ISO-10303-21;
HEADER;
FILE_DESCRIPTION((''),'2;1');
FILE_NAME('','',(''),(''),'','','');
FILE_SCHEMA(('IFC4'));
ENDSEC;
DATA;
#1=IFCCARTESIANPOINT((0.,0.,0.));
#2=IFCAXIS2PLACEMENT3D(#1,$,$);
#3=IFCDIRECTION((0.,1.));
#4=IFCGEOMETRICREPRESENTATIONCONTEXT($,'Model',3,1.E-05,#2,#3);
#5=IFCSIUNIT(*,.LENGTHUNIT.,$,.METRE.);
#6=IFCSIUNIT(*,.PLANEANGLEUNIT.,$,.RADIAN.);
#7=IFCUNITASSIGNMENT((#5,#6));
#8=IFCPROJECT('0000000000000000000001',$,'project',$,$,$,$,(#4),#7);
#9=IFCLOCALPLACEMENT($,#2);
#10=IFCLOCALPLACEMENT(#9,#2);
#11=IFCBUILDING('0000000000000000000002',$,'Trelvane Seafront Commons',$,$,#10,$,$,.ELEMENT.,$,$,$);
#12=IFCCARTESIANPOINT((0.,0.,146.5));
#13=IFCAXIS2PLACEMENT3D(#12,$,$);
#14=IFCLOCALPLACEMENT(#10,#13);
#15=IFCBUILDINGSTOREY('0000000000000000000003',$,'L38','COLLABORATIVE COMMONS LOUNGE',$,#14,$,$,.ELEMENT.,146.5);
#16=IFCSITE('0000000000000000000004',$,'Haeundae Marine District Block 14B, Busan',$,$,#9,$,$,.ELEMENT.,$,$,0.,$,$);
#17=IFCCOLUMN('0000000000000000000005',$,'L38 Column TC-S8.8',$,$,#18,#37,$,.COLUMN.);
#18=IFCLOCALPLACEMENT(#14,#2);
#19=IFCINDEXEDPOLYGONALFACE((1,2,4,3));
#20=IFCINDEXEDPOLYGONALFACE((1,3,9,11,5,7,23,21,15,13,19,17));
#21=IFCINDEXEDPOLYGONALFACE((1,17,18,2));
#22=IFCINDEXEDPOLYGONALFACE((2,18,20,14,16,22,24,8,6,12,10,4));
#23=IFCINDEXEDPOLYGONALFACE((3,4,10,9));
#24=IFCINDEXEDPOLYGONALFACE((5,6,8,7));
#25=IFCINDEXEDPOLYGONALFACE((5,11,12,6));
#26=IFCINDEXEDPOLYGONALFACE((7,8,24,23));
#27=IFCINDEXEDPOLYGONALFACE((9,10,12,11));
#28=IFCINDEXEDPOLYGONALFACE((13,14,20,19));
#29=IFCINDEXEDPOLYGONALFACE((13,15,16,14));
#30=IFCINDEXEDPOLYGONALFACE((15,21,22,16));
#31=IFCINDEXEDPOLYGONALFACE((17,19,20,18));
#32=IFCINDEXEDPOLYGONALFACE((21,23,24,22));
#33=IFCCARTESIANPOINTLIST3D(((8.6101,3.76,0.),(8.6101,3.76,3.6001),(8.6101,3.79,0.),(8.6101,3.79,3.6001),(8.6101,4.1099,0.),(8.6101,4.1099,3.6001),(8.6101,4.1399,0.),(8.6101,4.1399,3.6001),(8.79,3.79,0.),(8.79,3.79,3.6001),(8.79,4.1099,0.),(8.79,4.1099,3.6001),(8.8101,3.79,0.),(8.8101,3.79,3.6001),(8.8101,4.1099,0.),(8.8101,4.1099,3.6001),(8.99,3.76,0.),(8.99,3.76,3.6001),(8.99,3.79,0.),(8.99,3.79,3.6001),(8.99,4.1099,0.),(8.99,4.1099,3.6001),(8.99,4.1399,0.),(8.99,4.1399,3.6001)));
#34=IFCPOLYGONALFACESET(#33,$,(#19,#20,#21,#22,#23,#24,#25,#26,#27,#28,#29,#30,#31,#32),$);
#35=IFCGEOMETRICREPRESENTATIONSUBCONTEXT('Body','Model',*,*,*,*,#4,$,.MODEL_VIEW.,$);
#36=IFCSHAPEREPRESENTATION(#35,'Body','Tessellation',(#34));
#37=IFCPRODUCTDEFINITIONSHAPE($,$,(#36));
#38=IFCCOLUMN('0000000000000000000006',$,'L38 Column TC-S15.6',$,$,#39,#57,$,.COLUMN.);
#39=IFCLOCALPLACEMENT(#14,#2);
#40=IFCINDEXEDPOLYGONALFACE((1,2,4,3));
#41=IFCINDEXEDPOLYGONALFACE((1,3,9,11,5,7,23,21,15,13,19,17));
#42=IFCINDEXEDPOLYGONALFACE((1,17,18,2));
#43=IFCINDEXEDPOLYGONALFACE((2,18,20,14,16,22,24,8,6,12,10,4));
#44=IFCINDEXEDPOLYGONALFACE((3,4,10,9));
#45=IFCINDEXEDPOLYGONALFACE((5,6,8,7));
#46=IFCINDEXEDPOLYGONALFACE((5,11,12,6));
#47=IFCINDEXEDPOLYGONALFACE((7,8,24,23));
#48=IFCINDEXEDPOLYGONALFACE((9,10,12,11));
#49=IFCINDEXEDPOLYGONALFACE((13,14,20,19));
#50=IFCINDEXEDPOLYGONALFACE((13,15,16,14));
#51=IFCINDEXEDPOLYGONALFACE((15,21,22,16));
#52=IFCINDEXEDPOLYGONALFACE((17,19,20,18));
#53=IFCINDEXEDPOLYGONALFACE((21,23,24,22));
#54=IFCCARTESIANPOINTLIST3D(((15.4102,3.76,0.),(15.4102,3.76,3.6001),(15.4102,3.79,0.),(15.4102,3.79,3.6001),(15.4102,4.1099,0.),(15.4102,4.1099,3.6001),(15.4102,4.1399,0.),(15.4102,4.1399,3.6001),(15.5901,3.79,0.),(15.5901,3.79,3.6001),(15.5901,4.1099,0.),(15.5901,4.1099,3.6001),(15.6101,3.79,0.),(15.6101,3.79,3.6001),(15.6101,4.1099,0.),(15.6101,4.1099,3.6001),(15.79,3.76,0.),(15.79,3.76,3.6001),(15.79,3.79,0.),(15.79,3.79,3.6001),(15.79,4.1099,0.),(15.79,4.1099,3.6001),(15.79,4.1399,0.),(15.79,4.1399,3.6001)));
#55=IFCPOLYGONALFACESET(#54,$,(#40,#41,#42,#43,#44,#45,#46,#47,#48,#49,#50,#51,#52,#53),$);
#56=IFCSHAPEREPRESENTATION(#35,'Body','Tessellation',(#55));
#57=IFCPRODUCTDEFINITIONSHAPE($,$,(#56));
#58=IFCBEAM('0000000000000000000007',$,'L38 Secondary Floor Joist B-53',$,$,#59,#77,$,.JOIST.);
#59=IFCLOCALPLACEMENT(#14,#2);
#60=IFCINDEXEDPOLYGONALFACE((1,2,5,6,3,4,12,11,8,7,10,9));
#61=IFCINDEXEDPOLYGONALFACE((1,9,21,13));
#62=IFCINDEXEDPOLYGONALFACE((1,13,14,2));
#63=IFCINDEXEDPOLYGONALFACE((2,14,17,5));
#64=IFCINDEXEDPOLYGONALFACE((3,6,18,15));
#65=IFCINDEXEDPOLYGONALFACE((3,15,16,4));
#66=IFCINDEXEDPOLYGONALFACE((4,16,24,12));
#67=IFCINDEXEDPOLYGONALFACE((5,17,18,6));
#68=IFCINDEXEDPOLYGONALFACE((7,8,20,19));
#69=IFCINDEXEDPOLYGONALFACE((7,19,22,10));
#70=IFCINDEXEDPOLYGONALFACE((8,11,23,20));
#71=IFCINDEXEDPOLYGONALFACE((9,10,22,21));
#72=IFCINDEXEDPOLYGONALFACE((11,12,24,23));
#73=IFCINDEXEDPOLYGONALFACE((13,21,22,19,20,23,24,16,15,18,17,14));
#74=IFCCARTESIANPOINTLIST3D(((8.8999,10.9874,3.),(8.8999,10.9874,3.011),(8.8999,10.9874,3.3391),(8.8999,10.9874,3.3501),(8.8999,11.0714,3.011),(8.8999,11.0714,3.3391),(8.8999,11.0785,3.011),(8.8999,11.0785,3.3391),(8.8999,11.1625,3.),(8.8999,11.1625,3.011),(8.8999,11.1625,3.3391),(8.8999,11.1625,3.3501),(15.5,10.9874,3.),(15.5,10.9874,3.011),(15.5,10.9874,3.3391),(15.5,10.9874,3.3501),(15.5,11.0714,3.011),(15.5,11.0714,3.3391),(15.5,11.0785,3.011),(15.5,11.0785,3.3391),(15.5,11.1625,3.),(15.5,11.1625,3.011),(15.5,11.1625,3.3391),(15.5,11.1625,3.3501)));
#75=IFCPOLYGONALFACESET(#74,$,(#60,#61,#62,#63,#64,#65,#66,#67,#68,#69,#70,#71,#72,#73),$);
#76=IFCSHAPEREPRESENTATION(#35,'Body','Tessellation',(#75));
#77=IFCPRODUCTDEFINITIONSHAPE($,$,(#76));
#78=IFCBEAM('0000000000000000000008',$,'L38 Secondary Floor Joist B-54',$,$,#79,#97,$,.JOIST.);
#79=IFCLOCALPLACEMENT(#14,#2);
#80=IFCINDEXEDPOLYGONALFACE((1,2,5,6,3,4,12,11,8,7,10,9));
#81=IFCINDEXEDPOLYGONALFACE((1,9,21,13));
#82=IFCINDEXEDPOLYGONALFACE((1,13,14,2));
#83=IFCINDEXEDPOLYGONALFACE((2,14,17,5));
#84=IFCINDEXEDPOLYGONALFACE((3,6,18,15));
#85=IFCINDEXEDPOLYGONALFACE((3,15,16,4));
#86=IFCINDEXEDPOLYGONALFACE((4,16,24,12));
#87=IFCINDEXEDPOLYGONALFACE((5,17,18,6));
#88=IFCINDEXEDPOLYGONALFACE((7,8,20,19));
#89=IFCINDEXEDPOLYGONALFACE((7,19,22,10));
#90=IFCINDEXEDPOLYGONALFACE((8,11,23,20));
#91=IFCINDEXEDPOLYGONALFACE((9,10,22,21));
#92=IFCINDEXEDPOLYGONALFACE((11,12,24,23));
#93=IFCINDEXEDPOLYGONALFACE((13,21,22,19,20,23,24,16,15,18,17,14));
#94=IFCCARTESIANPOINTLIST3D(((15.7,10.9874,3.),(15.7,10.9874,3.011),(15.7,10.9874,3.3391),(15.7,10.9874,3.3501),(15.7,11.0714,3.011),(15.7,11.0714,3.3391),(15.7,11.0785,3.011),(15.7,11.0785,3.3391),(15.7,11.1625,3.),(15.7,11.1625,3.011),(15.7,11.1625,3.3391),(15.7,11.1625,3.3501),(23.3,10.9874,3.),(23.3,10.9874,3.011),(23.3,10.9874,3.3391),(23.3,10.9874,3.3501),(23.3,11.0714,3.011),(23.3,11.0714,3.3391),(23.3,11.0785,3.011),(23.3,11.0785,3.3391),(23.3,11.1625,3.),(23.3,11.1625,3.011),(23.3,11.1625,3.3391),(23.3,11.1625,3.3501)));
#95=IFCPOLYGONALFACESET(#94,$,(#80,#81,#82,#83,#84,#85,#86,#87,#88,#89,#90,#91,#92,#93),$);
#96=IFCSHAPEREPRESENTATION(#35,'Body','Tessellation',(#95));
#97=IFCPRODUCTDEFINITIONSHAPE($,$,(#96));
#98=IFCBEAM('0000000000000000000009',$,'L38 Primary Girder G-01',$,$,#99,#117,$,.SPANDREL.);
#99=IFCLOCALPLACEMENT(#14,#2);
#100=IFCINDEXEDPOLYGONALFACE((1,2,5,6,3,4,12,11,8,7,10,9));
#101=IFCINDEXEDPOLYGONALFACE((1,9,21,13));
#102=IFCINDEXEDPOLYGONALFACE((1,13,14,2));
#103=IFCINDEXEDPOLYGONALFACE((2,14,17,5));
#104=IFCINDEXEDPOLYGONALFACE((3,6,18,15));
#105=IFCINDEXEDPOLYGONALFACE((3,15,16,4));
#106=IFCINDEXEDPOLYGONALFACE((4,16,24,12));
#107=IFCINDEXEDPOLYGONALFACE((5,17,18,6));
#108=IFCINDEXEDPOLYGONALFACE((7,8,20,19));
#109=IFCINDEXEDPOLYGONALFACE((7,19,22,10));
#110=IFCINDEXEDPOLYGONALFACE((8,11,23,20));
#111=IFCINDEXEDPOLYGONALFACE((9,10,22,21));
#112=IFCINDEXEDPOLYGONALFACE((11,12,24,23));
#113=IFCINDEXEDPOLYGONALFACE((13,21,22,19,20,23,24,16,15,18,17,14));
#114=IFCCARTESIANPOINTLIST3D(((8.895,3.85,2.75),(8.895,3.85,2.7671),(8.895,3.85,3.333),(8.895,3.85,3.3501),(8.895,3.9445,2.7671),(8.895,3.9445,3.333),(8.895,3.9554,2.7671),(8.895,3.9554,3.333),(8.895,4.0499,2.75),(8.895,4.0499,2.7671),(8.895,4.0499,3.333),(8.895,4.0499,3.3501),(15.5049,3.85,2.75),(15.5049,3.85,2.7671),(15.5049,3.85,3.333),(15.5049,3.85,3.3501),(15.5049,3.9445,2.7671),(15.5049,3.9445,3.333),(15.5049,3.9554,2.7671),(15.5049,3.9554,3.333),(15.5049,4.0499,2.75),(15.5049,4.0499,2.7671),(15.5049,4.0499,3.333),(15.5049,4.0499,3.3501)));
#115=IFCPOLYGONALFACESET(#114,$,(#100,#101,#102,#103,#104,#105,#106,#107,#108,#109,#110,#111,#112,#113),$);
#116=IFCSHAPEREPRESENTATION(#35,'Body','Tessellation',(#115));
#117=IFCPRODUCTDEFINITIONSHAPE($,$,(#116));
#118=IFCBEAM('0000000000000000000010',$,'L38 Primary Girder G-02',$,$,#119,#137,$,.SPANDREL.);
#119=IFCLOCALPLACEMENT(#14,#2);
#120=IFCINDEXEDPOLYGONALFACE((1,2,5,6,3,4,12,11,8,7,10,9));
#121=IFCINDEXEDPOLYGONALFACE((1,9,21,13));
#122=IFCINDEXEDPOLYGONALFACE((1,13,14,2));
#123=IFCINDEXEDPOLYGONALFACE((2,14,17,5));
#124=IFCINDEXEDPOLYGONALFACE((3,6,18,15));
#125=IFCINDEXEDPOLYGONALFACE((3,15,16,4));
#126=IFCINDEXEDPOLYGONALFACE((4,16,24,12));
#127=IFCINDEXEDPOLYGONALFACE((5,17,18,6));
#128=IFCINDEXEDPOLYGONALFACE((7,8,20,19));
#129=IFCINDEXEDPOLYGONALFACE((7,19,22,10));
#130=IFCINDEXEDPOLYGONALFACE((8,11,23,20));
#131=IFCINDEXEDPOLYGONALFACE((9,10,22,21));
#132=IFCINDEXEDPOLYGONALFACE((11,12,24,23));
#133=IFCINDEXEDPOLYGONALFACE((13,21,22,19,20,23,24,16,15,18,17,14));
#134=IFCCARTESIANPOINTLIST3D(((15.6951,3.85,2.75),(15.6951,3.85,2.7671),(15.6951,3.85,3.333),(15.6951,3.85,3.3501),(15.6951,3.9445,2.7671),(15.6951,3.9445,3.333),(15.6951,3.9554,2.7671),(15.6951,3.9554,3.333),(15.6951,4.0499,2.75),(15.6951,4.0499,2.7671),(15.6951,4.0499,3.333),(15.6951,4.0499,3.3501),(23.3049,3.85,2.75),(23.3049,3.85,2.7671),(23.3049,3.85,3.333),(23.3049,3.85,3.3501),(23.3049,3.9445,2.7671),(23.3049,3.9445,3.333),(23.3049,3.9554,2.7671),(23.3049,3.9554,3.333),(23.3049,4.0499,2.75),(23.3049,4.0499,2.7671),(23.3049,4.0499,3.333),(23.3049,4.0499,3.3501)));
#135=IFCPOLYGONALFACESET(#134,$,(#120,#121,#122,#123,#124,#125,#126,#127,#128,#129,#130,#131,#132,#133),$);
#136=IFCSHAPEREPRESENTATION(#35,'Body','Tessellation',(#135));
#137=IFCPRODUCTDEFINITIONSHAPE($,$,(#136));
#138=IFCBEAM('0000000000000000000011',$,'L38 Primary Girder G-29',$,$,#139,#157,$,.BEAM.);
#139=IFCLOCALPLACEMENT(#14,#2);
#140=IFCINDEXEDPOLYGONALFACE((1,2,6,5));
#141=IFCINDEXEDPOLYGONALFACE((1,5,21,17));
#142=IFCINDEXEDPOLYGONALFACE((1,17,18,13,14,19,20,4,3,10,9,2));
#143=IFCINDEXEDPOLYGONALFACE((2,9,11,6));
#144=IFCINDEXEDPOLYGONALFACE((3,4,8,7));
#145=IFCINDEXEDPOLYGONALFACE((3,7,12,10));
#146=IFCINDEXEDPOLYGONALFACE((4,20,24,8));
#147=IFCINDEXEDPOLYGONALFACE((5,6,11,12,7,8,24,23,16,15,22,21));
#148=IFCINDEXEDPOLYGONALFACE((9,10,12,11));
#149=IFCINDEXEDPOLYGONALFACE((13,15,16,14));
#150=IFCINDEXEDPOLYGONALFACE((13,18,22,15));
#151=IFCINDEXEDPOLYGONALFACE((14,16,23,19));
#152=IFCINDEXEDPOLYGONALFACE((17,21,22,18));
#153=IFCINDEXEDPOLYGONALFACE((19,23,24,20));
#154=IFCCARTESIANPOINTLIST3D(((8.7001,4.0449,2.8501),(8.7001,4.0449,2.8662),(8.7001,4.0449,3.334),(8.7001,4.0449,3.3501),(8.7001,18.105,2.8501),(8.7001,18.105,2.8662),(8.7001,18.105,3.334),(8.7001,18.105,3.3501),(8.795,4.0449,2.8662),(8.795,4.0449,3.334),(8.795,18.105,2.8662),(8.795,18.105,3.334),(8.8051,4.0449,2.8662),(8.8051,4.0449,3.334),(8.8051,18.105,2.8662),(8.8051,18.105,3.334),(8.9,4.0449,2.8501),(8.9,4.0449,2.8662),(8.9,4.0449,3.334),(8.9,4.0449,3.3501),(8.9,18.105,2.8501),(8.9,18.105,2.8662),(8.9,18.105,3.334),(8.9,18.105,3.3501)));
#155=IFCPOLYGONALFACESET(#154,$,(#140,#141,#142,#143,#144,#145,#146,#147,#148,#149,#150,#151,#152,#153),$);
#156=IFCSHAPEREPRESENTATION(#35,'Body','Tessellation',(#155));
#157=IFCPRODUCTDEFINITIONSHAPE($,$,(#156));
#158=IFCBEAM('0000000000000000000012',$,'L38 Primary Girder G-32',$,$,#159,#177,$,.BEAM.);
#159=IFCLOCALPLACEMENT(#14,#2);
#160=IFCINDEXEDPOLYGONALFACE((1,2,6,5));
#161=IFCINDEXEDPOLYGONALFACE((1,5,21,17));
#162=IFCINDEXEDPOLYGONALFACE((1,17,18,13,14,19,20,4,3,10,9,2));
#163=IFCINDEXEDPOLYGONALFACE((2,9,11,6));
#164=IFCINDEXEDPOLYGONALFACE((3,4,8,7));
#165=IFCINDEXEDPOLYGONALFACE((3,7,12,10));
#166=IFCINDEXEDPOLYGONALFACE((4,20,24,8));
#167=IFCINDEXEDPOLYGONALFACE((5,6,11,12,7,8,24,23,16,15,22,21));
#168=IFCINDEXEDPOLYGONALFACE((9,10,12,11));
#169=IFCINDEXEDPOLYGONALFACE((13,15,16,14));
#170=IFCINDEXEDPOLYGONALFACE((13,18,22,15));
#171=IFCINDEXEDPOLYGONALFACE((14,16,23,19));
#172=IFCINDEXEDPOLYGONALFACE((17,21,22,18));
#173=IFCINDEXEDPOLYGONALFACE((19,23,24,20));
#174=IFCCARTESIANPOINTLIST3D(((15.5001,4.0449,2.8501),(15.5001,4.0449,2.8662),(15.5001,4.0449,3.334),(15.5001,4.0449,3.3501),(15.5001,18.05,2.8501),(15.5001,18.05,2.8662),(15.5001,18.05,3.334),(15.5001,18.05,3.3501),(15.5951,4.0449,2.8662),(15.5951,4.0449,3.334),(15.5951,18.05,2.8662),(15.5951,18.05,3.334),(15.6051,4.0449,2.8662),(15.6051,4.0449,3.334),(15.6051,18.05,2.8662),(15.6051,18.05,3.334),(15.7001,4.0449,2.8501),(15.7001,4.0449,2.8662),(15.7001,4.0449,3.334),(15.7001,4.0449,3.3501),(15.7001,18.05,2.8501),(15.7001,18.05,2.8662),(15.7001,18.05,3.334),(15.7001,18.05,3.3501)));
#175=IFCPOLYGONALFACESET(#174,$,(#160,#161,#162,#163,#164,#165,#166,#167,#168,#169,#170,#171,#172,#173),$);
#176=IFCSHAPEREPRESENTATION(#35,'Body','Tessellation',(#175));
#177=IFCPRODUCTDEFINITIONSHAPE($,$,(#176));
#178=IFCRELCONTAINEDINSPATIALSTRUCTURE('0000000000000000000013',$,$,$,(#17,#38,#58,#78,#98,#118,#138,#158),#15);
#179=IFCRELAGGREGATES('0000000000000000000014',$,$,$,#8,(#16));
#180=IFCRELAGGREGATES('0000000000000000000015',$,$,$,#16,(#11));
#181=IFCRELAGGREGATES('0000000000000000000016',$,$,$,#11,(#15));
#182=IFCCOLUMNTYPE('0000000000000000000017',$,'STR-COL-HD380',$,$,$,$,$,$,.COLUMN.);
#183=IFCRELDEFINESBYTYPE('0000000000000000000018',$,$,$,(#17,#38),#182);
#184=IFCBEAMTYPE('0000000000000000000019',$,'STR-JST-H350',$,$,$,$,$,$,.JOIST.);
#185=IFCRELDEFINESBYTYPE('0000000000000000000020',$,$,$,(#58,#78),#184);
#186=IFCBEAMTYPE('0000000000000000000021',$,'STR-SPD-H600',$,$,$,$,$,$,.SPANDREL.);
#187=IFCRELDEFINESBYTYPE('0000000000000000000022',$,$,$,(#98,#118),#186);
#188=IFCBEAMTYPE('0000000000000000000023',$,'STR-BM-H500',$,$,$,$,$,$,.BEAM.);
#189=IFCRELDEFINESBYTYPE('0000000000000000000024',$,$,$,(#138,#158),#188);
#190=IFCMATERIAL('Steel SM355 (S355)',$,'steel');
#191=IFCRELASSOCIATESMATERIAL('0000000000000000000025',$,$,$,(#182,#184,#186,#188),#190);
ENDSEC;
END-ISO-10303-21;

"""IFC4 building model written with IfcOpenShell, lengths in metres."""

from ifc_helpers import new_model, si_unit, direction, frame, origin, origin_2d, place, context, subcontext, project, spatial, i_section, extrude, source, transform, mapped, material, material_profile, profile_set, type_object, element, save


model = new_model("IFC4")

# Units and contexts
model_context = context("Model", 3, precision=1e-05, world=origin(), true_north=direction((0.0, 1.0)))
body_context = subcontext(model_context, "Body", "Model", "MODEL_VIEW")
ifc_project = project(units=[si_unit("LENGTHUNIT", "METRE"), si_unit("PLANEANGLEUNIT", "RADIAN")], contexts=[model_context])

# Site, building, storey
site_placement = place(None, origin())
site = spatial("IfcSite", under=ifc_project, at=site_placement, Name="Haeundae Marine District Block 14B, Busan", CompositionType="ELEMENT", RefElevation=0.0)
building_placement = place(site_placement, origin())
building = spatial("IfcBuilding", under=site, at=building_placement, Name="Trelvane Seafront Commons", CompositionType="ELEMENT")
storey_placement = place(building_placement, frame((0.0, 0.0, 146.5)))
storey = spatial("IfcBuildingStorey", under=building, at=storey_placement, Name="L38", Description="COLLABORATIVE COMMONS LOUNGE", CompositionType="ELEMENT", Elevation=146.5)

# Columns
ifc_material_1 = material(Name="Steel SM355 (S355)", Category="steel")
ifc_material_profile_1 = material_profile(ifc_material_1, i_section(OverallWidth=0.3799, OverallDepth=0.3799, WebThickness=0.02, FlangeThickness=0.03, at=origin_2d()), Name="HD-380x380x20x30")
ifc_profile_set_1 = profile_set([ifc_material_profile_1], Name="Steel SM355 (S355)")
column_type = type_object("IfcColumnType", Name="STR-COL-HD380", PredefinedType="COLUMN", material=ifc_profile_set_1)
shared_shape_1 = source(origin(), body_context, "Body", "SweptSolid", [
    extrude(i_section(OverallWidth=0.3799, OverallDepth=0.3799, WebThickness=0.02, FlangeThickness=0.03, at=origin_2d()), origin(), (0.0, 0.0, 1.0), 3.6001),
])
for number, where, z_axis, x_axis, name in (
    (1, (8.8, 3.95, 0.0), (0.0, 0.0, 1.0), (1.0, 0.0, 0.0), "L38 Column TC-S8.8"),
    (2, (15.6001, 3.95, 0.0), (0.0, 0.0, 1.0), (1.0, 0.0, 0.0), "L38 Column TC-S15.6"),
):
    element("IfcColumn", number, at=place(storey_placement, frame(where, z_axis=z_axis, x_axis=x_axis)), inside=storey, type_object=column_type, Name=name, PredefinedType="COLUMN", context=body_context, shape_type="MappedRepresentation", body=[
        mapped(shared_shape_1, transform((0.0, 0.0, 0.0), x_axis=(1.0, 0.0, 0.0), y_axis=(0.0, 1.0, 0.0), z_axis=(0.0, 0.0, 1.0), scale=1.0)),
    ])

# Beams
ifc_material_profile_2 = material_profile(ifc_material_1, i_section(OverallWidth=0.175, OverallDepth=0.3501, WebThickness=0.0071, FlangeThickness=0.011, at=origin_2d()), Name="H-350x175x7x11")
ifc_profile_set_2 = profile_set([ifc_material_profile_2], Name="Steel SM355 (S355)")
beam_type_1 = type_object("IfcBeamType", Name="STR-JST-H350", PredefinedType="JOIST", material=ifc_profile_set_2)
shared_shape_2 = source(origin(), body_context, "Body", "SweptSolid", [
    extrude(i_section(OverallWidth=0.175, OverallDepth=0.3501, WebThickness=0.0071, FlangeThickness=0.011, at=origin_2d()), origin(), (0.0, 0.0, 1.0), 6.6001),
])
beam_1_placement = place(storey_placement, frame((8.8999, 11.075, 3.175), z_axis=(1.0, 0.0, 0.0), x_axis=(0.0, 1.0, 0.0)))
element("IfcBeam", 3, at=beam_1_placement, inside=storey, type_object=beam_type_1, Name="L38 Secondary Floor Joist B-53", PredefinedType="JOIST", context=body_context, shape_type="MappedRepresentation", body=[
    mapped(shared_shape_2, transform((0.0, 0.0, 0.0), x_axis=(1.0, 0.0, 0.0), y_axis=(0.0, 1.0, 0.0), z_axis=(0.0, 0.0, 1.0), scale=1.0)),
])
shared_shape_3 = source(origin(), body_context, "Body", "SweptSolid", [
    extrude(i_section(OverallWidth=0.175, OverallDepth=0.3501, WebThickness=0.0071, FlangeThickness=0.011, at=origin_2d()), origin(), (0.0, 0.0, 1.0), 7.6001),
])
beam_2_placement = place(storey_placement, frame((15.7, 11.075, 3.175), z_axis=(1.0, 0.0, 0.0), x_axis=(0.0, 1.0, 0.0)))
element("IfcBeam", 4, at=beam_2_placement, inside=storey, type_object=beam_type_1, Name="L38 Secondary Floor Joist B-54", PredefinedType="JOIST", context=body_context, shape_type="MappedRepresentation", body=[
    mapped(shared_shape_3, transform((0.0, 0.0, 0.0), x_axis=(1.0, 0.0, 0.0), y_axis=(0.0, 1.0, 0.0), z_axis=(0.0, 0.0, 1.0), scale=1.0)),
])
ifc_material_profile_3 = material_profile(ifc_material_1, i_section(OverallWidth=0.2, OverallDepth=0.6001, WebThickness=0.011, FlangeThickness=0.0171, at=origin_2d()), Name="H-600x200x11x17")
ifc_profile_set_3 = profile_set([ifc_material_profile_3], Name="Steel SM355 (S355)")
beam_type_2 = type_object("IfcBeamType", Name="STR-SPD-H600", PredefinedType="SPANDREL", material=ifc_profile_set_3)
shared_shape_4 = source(origin(), body_context, "Body", "SweptSolid", [
    extrude(i_section(OverallWidth=0.2, OverallDepth=0.6001, WebThickness=0.011, FlangeThickness=0.0171, at=origin_2d()), origin(), (0.0, 0.0, 1.0), 6.6099),
])
beam_3_placement = place(storey_placement, frame((8.895, 3.95, 3.05), z_axis=(1.0, 0.0, 0.0), x_axis=(0.0, 1.0, 0.0)))
element("IfcBeam", 5, at=beam_3_placement, inside=storey, type_object=beam_type_2, Name="L38 Primary Girder G-01", PredefinedType="SPANDREL", context=body_context, shape_type="MappedRepresentation", body=[
    mapped(shared_shape_4, transform((0.0, 0.0, 0.0), x_axis=(1.0, 0.0, 0.0), y_axis=(0.0, 1.0, 0.0), z_axis=(0.0, 0.0, 1.0), scale=1.0)),
])
shared_shape_5 = source(origin(), body_context, "Body", "SweptSolid", [
    extrude(i_section(OverallWidth=0.2, OverallDepth=0.6001, WebThickness=0.011, FlangeThickness=0.0171, at=origin_2d()), origin(), (0.0, 0.0, 1.0), 7.6099),
])
beam_4_placement = place(storey_placement, frame((15.6951, 3.95, 3.05), z_axis=(1.0, 0.0, 0.0), x_axis=(0.0, 1.0, 0.0)))
element("IfcBeam", 6, at=beam_4_placement, inside=storey, type_object=beam_type_2, Name="L38 Primary Girder G-02", PredefinedType="SPANDREL", context=body_context, shape_type="MappedRepresentation", body=[
    mapped(shared_shape_5, transform((0.0, 0.0, 0.0), x_axis=(1.0, 0.0, 0.0), y_axis=(0.0, 1.0, 0.0), z_axis=(0.0, 0.0, 1.0), scale=1.0)),
])
ifc_material_profile_4 = material_profile(ifc_material_1, i_section(OverallWidth=0.2, OverallDepth=0.5, WebThickness=0.01, FlangeThickness=0.0161, at=origin_2d()), Name="H-500x200x10x16")
ifc_profile_set_4 = profile_set([ifc_material_profile_4], Name="Steel SM355 (S355)")
beam_type_3 = type_object("IfcBeamType", Name="STR-BM-H500", PredefinedType="BEAM", material=ifc_profile_set_4)
shared_shape_6 = source(origin(), body_context, "Body", "SweptSolid", [
    extrude(i_section(OverallWidth=0.2, OverallDepth=0.5, WebThickness=0.01, FlangeThickness=0.0161, at=origin_2d()), origin(), (0.0, 0.0, 1.0), 14.0601),
])
beam_5_placement = place(storey_placement, frame((8.8, 4.0449, 3.1001), z_axis=(0.0, 1.0, 0.0), x_axis=(-1.0, 0.0, 0.0)))
element("IfcBeam", 7, at=beam_5_placement, inside=storey, type_object=beam_type_3, Name="L38 Primary Girder G-29", PredefinedType="BEAM", context=body_context, shape_type="MappedRepresentation", body=[
    mapped(shared_shape_6, transform((0.0, 0.0, 0.0), x_axis=(1.0, 0.0, 0.0), y_axis=(0.0, 1.0, 0.0), z_axis=(0.0, 0.0, 1.0), scale=1.0)),
])
shared_shape_7 = source(origin(), body_context, "Body", "SweptSolid", [
    extrude(i_section(OverallWidth=0.2, OverallDepth=0.5, WebThickness=0.01, FlangeThickness=0.0161, at=origin_2d()), origin(), (0.0, 0.0, 1.0), 14.0051),
])
beam_6_placement = place(storey_placement, frame((15.6001, 4.0449, 3.1001), z_axis=(0.0, 1.0, 0.0), x_axis=(-1.0, 0.0, 0.0)))
element("IfcBeam", 8, at=beam_6_placement, inside=storey, type_object=beam_type_3, Name="L38 Primary Girder G-32", PredefinedType="BEAM", context=body_context, shape_type="MappedRepresentation", body=[
    mapped(shared_shape_7, transform((0.0, 0.0, 0.0), x_axis=(1.0, 0.0, 0.0), y_axis=(0.0, 1.0, 0.0), z_axis=(0.0, 0.0, 1.0), scale=1.0)),
])

save(model, "model.ifc")
